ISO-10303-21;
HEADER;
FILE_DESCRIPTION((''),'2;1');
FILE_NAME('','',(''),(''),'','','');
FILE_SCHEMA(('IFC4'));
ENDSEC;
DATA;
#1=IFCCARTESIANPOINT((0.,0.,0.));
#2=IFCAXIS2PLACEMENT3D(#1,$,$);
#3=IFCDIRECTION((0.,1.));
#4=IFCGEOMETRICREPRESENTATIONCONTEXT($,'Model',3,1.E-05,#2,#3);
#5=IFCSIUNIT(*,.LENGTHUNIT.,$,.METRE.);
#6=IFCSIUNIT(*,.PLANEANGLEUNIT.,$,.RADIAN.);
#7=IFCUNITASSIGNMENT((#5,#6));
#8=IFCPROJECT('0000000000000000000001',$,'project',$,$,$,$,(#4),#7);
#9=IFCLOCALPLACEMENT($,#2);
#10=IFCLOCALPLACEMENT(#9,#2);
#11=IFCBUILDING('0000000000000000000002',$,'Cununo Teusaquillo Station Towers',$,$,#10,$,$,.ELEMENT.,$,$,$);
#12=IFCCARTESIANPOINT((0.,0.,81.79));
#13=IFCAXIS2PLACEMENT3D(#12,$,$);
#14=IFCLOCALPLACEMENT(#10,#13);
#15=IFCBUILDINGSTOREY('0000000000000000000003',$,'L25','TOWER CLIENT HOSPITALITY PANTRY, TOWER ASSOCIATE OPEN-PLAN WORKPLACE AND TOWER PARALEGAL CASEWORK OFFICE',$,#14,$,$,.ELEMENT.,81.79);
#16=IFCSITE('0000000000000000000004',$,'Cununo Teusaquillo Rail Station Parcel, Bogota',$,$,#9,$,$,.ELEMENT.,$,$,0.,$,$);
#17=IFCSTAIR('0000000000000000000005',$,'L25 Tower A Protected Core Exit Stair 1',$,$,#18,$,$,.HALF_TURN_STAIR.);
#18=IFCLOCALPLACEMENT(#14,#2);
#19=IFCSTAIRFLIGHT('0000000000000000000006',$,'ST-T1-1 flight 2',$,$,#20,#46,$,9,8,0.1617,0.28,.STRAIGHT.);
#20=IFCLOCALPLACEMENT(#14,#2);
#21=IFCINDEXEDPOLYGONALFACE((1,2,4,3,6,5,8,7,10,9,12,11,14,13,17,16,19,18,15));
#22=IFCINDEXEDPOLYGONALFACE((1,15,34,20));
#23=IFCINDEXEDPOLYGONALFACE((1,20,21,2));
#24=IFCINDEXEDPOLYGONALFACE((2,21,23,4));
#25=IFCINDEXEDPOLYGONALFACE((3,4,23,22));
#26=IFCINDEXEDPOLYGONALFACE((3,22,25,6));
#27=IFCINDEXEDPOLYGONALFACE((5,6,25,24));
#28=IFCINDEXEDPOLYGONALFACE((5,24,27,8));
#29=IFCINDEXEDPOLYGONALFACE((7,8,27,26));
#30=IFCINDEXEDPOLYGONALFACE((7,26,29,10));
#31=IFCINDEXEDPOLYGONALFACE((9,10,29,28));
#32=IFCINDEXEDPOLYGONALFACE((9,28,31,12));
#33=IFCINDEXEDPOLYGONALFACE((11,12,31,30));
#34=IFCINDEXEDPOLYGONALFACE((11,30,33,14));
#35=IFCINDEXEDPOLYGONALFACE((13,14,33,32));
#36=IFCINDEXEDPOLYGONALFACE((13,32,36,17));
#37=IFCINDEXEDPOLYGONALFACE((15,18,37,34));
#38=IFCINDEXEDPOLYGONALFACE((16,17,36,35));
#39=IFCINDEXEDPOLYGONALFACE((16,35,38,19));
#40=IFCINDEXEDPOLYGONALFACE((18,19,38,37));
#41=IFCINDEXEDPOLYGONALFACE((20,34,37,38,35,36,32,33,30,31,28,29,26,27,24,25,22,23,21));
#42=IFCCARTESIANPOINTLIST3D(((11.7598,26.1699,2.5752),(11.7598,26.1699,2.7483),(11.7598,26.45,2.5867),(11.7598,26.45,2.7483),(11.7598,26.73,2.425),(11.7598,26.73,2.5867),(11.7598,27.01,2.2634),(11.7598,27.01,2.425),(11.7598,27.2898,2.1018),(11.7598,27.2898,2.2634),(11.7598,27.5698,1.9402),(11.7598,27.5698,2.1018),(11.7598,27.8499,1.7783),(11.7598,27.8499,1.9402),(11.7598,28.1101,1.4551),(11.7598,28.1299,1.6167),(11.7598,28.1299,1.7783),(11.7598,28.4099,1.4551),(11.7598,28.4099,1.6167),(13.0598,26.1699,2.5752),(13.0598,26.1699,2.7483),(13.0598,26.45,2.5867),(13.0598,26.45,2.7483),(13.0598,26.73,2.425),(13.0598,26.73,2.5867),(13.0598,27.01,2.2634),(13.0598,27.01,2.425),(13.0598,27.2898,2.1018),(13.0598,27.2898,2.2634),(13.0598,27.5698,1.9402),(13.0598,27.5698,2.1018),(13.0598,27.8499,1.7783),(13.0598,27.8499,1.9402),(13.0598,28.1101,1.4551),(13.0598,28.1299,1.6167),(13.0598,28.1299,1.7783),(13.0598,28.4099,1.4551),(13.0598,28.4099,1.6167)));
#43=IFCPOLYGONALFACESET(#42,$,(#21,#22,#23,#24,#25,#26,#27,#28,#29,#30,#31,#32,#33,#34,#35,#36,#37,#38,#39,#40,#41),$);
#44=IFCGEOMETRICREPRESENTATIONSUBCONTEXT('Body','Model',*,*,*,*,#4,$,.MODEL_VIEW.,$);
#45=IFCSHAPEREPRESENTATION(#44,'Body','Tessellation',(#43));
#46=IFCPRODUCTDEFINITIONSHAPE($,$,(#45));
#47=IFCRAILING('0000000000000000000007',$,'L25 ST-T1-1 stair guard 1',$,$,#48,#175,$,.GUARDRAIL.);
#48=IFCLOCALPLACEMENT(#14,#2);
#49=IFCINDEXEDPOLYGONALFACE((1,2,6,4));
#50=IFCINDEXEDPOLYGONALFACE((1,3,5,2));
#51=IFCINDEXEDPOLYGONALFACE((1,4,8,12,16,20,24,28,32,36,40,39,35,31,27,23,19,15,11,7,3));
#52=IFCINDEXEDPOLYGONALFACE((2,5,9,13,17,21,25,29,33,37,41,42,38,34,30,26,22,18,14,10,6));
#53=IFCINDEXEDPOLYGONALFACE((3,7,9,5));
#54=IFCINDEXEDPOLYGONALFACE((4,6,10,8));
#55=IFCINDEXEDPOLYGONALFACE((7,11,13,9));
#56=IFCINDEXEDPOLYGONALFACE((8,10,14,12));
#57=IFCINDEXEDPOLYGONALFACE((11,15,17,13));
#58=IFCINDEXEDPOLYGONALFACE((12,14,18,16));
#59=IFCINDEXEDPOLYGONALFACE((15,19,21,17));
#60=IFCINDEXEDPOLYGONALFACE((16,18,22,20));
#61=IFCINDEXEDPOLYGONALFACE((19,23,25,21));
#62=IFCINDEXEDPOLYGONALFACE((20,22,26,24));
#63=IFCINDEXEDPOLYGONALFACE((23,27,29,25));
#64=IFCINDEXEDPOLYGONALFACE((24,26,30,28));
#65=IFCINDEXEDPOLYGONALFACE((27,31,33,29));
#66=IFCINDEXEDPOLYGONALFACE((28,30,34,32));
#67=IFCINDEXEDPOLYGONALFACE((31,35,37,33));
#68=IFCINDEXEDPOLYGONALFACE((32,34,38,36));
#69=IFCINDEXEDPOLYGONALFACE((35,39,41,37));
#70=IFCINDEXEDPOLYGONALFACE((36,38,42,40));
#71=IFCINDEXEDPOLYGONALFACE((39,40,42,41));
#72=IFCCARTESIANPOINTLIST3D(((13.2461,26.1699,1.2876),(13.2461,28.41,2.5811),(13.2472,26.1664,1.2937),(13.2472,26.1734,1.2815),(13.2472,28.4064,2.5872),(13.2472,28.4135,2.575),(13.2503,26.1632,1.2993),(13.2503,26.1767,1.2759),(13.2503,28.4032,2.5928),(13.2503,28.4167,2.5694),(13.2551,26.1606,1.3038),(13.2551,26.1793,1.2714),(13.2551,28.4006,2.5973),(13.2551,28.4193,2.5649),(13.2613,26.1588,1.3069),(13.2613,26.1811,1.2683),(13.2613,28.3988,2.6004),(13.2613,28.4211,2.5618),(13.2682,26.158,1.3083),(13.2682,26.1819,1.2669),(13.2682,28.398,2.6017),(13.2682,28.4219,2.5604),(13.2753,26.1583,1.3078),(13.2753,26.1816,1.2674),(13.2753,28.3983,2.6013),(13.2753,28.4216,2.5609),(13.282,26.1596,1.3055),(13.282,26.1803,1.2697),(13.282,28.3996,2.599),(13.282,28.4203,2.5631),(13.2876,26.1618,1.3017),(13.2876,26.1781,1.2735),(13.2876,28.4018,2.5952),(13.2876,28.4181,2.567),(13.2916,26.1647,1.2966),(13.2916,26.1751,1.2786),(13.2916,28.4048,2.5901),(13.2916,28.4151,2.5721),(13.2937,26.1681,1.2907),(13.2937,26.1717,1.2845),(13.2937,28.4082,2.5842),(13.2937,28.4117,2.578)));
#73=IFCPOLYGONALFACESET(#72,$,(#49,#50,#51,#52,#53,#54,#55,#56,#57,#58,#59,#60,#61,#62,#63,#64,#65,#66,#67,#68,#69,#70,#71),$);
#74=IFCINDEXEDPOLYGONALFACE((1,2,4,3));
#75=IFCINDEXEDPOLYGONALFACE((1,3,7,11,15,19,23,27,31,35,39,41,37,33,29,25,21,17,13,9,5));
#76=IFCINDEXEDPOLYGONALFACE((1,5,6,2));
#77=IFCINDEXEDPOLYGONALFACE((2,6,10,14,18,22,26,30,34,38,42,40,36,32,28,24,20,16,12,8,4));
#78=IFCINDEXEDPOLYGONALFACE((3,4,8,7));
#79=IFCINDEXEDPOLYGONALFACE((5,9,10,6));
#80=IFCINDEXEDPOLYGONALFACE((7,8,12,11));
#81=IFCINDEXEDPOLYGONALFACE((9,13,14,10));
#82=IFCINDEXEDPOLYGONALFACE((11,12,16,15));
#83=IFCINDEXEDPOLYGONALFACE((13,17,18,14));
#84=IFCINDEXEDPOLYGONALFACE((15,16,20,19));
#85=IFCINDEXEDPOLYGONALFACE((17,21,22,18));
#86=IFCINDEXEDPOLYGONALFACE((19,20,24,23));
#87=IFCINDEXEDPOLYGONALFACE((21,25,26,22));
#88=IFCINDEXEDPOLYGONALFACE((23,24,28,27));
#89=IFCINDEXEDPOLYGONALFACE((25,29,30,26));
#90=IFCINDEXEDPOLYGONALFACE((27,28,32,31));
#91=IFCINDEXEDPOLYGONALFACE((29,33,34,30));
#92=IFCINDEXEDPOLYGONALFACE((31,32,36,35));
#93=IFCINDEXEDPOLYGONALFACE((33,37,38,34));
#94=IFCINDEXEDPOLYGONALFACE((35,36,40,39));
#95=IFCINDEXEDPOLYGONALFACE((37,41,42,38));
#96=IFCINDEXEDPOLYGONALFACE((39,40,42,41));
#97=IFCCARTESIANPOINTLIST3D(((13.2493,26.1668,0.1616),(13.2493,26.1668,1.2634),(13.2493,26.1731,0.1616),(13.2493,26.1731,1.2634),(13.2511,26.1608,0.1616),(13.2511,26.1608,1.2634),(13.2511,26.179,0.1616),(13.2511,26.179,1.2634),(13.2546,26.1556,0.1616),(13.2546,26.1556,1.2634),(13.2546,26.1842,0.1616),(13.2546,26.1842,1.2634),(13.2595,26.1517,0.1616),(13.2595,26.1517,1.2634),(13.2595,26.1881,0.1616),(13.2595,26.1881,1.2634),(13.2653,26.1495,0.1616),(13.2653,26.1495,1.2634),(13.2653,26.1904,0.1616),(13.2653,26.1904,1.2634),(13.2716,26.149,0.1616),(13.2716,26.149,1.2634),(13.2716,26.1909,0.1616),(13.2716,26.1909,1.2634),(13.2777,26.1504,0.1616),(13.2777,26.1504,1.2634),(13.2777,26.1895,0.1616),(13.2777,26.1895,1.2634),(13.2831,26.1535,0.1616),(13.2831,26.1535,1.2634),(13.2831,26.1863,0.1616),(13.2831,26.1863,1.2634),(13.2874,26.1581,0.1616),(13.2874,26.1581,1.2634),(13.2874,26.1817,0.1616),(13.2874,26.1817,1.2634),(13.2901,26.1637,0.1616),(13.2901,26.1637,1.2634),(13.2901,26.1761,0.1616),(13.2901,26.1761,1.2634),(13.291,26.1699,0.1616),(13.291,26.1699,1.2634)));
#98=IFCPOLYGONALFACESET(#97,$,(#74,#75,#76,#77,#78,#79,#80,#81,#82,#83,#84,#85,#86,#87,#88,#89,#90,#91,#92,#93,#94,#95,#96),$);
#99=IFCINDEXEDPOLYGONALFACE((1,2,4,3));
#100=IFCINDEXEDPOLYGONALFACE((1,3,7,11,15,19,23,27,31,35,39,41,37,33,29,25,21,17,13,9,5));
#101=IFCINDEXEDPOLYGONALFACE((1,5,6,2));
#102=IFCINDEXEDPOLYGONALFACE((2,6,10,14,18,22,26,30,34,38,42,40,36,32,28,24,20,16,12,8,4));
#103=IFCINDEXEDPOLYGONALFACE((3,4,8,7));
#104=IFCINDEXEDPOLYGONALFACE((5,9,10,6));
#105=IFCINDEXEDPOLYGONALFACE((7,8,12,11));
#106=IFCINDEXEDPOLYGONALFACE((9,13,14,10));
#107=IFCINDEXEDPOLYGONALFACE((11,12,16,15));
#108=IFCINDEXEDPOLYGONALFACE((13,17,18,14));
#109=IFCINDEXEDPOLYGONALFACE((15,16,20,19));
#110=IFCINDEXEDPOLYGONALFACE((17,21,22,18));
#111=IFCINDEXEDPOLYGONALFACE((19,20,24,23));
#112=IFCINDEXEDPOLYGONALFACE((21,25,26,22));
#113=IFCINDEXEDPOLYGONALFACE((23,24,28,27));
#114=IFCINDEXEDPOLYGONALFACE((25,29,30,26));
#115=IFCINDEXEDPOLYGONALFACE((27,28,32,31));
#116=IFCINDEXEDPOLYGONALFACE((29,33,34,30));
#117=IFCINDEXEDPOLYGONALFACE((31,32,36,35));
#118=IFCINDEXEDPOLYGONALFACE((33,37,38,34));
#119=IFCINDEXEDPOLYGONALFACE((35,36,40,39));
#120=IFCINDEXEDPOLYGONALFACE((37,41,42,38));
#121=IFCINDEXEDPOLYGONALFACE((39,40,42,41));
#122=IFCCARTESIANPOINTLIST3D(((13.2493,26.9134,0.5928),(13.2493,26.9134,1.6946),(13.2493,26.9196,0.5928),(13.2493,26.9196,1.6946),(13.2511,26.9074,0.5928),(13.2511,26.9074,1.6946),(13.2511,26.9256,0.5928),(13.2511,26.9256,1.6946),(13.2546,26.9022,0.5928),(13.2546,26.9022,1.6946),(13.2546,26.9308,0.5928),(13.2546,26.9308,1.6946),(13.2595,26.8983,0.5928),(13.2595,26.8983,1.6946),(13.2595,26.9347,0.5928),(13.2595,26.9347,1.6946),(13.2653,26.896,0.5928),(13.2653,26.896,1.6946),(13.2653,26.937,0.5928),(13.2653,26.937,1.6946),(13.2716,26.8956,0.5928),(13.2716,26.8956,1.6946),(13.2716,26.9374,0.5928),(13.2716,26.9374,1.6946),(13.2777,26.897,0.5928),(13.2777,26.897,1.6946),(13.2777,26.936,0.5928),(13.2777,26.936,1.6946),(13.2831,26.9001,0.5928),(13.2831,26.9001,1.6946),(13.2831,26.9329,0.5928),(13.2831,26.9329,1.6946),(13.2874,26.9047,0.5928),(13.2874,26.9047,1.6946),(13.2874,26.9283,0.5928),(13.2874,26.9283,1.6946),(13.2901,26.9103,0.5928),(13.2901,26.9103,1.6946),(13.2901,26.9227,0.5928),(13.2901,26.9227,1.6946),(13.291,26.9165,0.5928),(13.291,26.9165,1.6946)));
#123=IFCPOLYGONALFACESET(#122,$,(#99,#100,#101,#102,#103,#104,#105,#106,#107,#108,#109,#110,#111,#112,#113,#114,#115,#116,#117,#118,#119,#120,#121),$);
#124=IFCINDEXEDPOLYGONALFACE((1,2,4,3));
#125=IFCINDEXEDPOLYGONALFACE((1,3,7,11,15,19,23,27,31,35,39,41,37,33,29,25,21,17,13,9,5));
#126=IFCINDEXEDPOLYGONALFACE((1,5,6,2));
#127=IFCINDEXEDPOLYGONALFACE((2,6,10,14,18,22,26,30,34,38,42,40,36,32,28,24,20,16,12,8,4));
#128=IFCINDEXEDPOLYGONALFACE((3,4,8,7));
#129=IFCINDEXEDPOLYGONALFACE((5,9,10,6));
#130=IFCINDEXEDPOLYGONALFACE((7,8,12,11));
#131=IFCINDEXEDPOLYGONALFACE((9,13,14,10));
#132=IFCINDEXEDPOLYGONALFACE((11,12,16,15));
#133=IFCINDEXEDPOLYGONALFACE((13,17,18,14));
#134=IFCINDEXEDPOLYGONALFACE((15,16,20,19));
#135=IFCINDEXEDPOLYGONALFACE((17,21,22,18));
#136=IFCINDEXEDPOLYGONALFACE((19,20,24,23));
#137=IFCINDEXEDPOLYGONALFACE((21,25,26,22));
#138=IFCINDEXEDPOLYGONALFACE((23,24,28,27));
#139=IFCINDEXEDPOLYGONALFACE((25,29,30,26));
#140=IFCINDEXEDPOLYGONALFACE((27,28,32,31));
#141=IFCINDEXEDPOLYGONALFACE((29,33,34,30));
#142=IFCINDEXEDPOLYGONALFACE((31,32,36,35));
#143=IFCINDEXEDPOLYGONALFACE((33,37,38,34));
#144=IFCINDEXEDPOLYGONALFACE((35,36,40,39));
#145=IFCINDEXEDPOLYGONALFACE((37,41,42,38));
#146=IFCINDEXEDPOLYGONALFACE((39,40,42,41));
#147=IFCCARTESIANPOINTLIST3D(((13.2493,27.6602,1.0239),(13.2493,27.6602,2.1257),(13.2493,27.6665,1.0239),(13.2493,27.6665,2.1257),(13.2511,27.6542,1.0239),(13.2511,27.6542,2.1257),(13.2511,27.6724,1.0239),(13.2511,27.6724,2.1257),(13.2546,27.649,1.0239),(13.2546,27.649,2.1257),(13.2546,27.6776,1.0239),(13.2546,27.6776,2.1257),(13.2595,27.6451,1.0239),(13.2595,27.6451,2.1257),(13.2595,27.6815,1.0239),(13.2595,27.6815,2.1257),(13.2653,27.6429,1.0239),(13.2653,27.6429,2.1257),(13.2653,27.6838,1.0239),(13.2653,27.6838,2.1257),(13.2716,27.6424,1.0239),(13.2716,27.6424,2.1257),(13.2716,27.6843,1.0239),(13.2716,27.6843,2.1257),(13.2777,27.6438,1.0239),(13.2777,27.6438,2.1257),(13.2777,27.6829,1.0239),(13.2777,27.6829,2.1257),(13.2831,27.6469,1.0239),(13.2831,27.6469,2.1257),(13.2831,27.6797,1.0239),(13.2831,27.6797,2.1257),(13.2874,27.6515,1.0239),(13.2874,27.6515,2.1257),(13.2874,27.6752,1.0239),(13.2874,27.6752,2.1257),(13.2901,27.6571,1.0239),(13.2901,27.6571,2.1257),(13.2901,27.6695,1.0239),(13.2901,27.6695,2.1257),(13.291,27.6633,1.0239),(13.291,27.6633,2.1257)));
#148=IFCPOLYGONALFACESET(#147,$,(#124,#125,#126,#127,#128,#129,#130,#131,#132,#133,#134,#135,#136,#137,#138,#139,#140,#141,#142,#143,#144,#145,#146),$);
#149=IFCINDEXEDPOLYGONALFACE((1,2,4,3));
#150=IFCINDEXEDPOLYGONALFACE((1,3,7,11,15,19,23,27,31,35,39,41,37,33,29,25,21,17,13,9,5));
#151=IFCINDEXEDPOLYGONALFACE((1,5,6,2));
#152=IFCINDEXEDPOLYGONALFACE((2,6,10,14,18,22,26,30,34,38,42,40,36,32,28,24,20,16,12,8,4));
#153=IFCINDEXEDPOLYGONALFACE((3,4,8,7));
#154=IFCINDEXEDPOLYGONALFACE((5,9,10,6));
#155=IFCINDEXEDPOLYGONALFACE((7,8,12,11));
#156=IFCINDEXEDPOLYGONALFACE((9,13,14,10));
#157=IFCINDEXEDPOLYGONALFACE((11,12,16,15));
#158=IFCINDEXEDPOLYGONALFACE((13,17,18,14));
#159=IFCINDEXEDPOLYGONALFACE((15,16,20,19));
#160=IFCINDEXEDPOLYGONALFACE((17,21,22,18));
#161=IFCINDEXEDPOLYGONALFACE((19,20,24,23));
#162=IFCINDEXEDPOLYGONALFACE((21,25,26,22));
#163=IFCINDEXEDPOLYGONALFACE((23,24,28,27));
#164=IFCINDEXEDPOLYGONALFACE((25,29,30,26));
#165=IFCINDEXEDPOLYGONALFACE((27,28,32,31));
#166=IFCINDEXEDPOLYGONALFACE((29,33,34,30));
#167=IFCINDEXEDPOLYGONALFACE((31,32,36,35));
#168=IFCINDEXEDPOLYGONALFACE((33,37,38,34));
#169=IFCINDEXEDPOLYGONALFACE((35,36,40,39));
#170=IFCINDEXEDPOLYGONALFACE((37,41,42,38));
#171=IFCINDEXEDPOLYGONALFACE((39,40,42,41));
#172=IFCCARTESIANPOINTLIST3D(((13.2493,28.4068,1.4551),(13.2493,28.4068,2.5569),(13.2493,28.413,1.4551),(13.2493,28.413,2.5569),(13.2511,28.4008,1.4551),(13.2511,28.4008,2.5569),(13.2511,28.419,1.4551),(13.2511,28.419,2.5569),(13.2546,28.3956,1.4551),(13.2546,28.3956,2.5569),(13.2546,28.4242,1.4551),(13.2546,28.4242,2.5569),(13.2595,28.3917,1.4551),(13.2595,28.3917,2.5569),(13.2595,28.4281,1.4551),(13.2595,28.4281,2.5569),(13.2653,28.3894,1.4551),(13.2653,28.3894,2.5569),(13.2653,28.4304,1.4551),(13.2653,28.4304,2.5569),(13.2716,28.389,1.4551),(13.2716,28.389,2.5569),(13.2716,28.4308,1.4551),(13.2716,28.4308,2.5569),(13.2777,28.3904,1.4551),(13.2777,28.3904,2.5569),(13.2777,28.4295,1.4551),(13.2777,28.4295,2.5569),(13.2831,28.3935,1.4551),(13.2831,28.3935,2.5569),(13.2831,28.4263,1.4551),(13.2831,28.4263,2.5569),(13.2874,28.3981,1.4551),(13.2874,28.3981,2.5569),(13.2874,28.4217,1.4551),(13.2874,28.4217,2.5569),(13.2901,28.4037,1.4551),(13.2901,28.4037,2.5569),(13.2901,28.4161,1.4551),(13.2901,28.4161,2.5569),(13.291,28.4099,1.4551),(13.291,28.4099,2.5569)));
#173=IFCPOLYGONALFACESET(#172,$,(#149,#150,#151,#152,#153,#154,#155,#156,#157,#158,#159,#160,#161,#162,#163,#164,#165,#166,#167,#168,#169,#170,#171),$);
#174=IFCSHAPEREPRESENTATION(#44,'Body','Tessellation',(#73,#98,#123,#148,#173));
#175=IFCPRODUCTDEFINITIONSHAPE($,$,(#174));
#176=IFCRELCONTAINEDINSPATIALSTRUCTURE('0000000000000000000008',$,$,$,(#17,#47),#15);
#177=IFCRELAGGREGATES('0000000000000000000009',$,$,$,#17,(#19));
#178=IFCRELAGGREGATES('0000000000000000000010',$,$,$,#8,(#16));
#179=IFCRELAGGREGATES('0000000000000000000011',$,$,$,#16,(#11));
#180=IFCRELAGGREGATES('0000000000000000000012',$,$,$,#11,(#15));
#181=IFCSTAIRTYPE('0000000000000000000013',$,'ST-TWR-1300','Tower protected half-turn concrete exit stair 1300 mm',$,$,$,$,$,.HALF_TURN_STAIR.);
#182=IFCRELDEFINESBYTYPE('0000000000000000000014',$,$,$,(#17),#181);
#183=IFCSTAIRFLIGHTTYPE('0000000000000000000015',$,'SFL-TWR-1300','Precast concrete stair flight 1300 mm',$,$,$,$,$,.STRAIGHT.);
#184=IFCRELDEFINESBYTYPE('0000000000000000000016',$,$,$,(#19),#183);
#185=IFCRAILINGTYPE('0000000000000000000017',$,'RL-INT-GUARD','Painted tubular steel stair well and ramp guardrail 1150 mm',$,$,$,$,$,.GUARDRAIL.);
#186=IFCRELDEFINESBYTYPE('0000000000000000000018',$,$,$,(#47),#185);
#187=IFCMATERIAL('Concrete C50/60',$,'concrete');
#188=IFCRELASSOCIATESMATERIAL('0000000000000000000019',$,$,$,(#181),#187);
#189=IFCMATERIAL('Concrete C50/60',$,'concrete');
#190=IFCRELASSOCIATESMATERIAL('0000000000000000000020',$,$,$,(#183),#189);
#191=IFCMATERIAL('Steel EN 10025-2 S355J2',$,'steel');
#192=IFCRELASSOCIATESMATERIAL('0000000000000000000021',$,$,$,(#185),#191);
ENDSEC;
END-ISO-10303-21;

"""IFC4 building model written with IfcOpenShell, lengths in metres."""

from ifc_helpers import new_model, si_unit, direction, frame, origin, origin_2d, place, context, subcontext, project, spatial, polyline, circle, outline, extrude, material, type_object, element, aggregate, save


model = new_model("IFC4")

# Units and contexts
model_context = context("Model", 3, precision=1e-05, world=origin(), true_north=direction((0.0, 1.0)))
body_context = subcontext(model_context, "Body", "Model", "MODEL_VIEW")
ifc_project = project(units=[si_unit("LENGTHUNIT", "METRE"), si_unit("PLANEANGLEUNIT", "RADIAN")], contexts=[model_context])

# Site, building, storey
site_placement = place(None, origin())
site = spatial("IfcSite", under=ifc_project, at=site_placement, Name="Cununo Teusaquillo Rail Station Parcel, Bogota", CompositionType="ELEMENT", RefElevation=0.0)
building_placement = place(site_placement, origin())
building = spatial("IfcBuilding", under=site, at=building_placement, Name="Cununo Teusaquillo Station Towers", CompositionType="ELEMENT")
storey_placement = place(building_placement, frame((0.0, 0.0, 81.79)))
storey = spatial("IfcBuildingStorey", under=building, at=storey_placement, Name="L25", Description="TOWER CLIENT HOSPITALITY PANTRY, TOWER ASSOCIATE OPEN-PLAN WORKPLACE AND TOWER PARALEGAL CASEWORK OFFICE", CompositionType="ELEMENT", Elevation=81.79)

# Stair, stair flight
ifc_material_1 = material(Name="Concrete C50/60", Category="concrete")
stair_type = type_object("IfcStairType", Name="ST-TWR-1300", Description="Tower protected half-turn concrete exit stair 1300 mm", PredefinedType="HALF_TURN_STAIR", material=ifc_material_1)
stair_placement = place(storey_placement, origin())
stair = element("IfcStair", 1, at=stair_placement, inside=storey, type_object=stair_type, Name="L25 Tower A Protected Core Exit Stair 1", PredefinedType="HALF_TURN_STAIR")
ifc_material_2 = material(Name="Concrete C50/60", Category="concrete")
stair_flight_type = type_object("IfcStairFlightType", Name="SFL-TWR-1300", Description="Precast concrete stair flight 1300 mm", PredefinedType="STRAIGHT", material=ifc_material_2)
stair_flight_1_placement = place(storey_placement, frame((12.4099, 28.4099, 1.4551), z_axis=(0.0, 0.0, 1.0), x_axis=(0.0, -1.0, 0.0)))
stair_flight_1 = element("IfcStairFlight", 2, at=stair_flight_1_placement, type_object=stair_flight_type, Name="ST-T1-1 flight 2", NumberOfRisers=9, NumberOfTreads=8, PredefinedType="STRAIGHT", RiserHeight=0.1617, TreadLength=0.28, context=body_context, shape_type="SweptSolid", body=[
    extrude(outline(polyline([(0.0, 0.0), (0.0, 0.1616), (0.28, 0.1616), (0.28, 0.3232), (0.5601, 0.3232), (0.5601, 0.4851), (0.8401, 0.4851), (0.8401, 0.6467), (1.1201, 0.6467), (1.1201, 0.8083), (1.3999, 0.8083), (1.3999, 0.97), (1.6799, 0.97), (1.6799, 1.1316), (1.96, 1.1316), (1.96, 1.2932), (2.24, 1.2932), (2.24, 1.4551), (2.24, 1.1201), (0.2998, 0.0), (0.0, 0.0)])), frame((0.0, 0.6499, 0.0), z_axis=(0.0, -1.0, 0.0), x_axis=(1.0, 0.0, 0.0)), (0.0, 0.0, 1.0), 1.3),
])
aggregate(stair, [stair_flight_1])

# Railing
ifc_material_3 = material(Name="Steel EN 10025-2 S355J2", Category="steel")
railing_type_1 = type_object("IfcRailingType", Name="RL-INT-GUARD", Description="Painted tubular steel stair well and ramp guardrail 1150 mm", PredefinedType="GUARDRAIL", material=ifc_material_3)
railing_1_placement = place(storey_placement, frame((13.27, 26.1699, 0.1616)))
element("IfcRailing", 3, at=railing_1_placement, inside=storey, type_object=railing_type_1, Name="L25 ST-T1-1 stair guard 1", PredefinedType="GUARDRAIL", context=body_context, shape_type="SweptSolid", body=[
    extrude(circle(Radius=0.0239, at=origin_2d()), frame((0.0, 0.0, 1.126), z_axis=(0.0, 0.865992, 0.500057), x_axis=(-1.0, 0.0, 0.0)), (0.0, 0.0, 1.0), 2.5867),
    extrude(circle(Radius=0.021, at=origin_2d()), origin(), (0.0, 0.0, 1.0), 1.1018),
    extrude(circle(Radius=0.021, at=origin_2d()), frame((0.0, 0.7466, 0.4312)), (0.0, 0.0, 1.0), 1.1018),
    extrude(circle(Radius=0.021, at=origin_2d()), frame((0.0, 1.4934, 0.8623)), (0.0, 0.0, 1.0), 1.1018),
    extrude(circle(Radius=0.021, at=origin_2d()), frame((0.0, 2.24, 1.2935)), (0.0, 0.0, 1.0), 1.1018),
])

save(model, "model.ifc")
